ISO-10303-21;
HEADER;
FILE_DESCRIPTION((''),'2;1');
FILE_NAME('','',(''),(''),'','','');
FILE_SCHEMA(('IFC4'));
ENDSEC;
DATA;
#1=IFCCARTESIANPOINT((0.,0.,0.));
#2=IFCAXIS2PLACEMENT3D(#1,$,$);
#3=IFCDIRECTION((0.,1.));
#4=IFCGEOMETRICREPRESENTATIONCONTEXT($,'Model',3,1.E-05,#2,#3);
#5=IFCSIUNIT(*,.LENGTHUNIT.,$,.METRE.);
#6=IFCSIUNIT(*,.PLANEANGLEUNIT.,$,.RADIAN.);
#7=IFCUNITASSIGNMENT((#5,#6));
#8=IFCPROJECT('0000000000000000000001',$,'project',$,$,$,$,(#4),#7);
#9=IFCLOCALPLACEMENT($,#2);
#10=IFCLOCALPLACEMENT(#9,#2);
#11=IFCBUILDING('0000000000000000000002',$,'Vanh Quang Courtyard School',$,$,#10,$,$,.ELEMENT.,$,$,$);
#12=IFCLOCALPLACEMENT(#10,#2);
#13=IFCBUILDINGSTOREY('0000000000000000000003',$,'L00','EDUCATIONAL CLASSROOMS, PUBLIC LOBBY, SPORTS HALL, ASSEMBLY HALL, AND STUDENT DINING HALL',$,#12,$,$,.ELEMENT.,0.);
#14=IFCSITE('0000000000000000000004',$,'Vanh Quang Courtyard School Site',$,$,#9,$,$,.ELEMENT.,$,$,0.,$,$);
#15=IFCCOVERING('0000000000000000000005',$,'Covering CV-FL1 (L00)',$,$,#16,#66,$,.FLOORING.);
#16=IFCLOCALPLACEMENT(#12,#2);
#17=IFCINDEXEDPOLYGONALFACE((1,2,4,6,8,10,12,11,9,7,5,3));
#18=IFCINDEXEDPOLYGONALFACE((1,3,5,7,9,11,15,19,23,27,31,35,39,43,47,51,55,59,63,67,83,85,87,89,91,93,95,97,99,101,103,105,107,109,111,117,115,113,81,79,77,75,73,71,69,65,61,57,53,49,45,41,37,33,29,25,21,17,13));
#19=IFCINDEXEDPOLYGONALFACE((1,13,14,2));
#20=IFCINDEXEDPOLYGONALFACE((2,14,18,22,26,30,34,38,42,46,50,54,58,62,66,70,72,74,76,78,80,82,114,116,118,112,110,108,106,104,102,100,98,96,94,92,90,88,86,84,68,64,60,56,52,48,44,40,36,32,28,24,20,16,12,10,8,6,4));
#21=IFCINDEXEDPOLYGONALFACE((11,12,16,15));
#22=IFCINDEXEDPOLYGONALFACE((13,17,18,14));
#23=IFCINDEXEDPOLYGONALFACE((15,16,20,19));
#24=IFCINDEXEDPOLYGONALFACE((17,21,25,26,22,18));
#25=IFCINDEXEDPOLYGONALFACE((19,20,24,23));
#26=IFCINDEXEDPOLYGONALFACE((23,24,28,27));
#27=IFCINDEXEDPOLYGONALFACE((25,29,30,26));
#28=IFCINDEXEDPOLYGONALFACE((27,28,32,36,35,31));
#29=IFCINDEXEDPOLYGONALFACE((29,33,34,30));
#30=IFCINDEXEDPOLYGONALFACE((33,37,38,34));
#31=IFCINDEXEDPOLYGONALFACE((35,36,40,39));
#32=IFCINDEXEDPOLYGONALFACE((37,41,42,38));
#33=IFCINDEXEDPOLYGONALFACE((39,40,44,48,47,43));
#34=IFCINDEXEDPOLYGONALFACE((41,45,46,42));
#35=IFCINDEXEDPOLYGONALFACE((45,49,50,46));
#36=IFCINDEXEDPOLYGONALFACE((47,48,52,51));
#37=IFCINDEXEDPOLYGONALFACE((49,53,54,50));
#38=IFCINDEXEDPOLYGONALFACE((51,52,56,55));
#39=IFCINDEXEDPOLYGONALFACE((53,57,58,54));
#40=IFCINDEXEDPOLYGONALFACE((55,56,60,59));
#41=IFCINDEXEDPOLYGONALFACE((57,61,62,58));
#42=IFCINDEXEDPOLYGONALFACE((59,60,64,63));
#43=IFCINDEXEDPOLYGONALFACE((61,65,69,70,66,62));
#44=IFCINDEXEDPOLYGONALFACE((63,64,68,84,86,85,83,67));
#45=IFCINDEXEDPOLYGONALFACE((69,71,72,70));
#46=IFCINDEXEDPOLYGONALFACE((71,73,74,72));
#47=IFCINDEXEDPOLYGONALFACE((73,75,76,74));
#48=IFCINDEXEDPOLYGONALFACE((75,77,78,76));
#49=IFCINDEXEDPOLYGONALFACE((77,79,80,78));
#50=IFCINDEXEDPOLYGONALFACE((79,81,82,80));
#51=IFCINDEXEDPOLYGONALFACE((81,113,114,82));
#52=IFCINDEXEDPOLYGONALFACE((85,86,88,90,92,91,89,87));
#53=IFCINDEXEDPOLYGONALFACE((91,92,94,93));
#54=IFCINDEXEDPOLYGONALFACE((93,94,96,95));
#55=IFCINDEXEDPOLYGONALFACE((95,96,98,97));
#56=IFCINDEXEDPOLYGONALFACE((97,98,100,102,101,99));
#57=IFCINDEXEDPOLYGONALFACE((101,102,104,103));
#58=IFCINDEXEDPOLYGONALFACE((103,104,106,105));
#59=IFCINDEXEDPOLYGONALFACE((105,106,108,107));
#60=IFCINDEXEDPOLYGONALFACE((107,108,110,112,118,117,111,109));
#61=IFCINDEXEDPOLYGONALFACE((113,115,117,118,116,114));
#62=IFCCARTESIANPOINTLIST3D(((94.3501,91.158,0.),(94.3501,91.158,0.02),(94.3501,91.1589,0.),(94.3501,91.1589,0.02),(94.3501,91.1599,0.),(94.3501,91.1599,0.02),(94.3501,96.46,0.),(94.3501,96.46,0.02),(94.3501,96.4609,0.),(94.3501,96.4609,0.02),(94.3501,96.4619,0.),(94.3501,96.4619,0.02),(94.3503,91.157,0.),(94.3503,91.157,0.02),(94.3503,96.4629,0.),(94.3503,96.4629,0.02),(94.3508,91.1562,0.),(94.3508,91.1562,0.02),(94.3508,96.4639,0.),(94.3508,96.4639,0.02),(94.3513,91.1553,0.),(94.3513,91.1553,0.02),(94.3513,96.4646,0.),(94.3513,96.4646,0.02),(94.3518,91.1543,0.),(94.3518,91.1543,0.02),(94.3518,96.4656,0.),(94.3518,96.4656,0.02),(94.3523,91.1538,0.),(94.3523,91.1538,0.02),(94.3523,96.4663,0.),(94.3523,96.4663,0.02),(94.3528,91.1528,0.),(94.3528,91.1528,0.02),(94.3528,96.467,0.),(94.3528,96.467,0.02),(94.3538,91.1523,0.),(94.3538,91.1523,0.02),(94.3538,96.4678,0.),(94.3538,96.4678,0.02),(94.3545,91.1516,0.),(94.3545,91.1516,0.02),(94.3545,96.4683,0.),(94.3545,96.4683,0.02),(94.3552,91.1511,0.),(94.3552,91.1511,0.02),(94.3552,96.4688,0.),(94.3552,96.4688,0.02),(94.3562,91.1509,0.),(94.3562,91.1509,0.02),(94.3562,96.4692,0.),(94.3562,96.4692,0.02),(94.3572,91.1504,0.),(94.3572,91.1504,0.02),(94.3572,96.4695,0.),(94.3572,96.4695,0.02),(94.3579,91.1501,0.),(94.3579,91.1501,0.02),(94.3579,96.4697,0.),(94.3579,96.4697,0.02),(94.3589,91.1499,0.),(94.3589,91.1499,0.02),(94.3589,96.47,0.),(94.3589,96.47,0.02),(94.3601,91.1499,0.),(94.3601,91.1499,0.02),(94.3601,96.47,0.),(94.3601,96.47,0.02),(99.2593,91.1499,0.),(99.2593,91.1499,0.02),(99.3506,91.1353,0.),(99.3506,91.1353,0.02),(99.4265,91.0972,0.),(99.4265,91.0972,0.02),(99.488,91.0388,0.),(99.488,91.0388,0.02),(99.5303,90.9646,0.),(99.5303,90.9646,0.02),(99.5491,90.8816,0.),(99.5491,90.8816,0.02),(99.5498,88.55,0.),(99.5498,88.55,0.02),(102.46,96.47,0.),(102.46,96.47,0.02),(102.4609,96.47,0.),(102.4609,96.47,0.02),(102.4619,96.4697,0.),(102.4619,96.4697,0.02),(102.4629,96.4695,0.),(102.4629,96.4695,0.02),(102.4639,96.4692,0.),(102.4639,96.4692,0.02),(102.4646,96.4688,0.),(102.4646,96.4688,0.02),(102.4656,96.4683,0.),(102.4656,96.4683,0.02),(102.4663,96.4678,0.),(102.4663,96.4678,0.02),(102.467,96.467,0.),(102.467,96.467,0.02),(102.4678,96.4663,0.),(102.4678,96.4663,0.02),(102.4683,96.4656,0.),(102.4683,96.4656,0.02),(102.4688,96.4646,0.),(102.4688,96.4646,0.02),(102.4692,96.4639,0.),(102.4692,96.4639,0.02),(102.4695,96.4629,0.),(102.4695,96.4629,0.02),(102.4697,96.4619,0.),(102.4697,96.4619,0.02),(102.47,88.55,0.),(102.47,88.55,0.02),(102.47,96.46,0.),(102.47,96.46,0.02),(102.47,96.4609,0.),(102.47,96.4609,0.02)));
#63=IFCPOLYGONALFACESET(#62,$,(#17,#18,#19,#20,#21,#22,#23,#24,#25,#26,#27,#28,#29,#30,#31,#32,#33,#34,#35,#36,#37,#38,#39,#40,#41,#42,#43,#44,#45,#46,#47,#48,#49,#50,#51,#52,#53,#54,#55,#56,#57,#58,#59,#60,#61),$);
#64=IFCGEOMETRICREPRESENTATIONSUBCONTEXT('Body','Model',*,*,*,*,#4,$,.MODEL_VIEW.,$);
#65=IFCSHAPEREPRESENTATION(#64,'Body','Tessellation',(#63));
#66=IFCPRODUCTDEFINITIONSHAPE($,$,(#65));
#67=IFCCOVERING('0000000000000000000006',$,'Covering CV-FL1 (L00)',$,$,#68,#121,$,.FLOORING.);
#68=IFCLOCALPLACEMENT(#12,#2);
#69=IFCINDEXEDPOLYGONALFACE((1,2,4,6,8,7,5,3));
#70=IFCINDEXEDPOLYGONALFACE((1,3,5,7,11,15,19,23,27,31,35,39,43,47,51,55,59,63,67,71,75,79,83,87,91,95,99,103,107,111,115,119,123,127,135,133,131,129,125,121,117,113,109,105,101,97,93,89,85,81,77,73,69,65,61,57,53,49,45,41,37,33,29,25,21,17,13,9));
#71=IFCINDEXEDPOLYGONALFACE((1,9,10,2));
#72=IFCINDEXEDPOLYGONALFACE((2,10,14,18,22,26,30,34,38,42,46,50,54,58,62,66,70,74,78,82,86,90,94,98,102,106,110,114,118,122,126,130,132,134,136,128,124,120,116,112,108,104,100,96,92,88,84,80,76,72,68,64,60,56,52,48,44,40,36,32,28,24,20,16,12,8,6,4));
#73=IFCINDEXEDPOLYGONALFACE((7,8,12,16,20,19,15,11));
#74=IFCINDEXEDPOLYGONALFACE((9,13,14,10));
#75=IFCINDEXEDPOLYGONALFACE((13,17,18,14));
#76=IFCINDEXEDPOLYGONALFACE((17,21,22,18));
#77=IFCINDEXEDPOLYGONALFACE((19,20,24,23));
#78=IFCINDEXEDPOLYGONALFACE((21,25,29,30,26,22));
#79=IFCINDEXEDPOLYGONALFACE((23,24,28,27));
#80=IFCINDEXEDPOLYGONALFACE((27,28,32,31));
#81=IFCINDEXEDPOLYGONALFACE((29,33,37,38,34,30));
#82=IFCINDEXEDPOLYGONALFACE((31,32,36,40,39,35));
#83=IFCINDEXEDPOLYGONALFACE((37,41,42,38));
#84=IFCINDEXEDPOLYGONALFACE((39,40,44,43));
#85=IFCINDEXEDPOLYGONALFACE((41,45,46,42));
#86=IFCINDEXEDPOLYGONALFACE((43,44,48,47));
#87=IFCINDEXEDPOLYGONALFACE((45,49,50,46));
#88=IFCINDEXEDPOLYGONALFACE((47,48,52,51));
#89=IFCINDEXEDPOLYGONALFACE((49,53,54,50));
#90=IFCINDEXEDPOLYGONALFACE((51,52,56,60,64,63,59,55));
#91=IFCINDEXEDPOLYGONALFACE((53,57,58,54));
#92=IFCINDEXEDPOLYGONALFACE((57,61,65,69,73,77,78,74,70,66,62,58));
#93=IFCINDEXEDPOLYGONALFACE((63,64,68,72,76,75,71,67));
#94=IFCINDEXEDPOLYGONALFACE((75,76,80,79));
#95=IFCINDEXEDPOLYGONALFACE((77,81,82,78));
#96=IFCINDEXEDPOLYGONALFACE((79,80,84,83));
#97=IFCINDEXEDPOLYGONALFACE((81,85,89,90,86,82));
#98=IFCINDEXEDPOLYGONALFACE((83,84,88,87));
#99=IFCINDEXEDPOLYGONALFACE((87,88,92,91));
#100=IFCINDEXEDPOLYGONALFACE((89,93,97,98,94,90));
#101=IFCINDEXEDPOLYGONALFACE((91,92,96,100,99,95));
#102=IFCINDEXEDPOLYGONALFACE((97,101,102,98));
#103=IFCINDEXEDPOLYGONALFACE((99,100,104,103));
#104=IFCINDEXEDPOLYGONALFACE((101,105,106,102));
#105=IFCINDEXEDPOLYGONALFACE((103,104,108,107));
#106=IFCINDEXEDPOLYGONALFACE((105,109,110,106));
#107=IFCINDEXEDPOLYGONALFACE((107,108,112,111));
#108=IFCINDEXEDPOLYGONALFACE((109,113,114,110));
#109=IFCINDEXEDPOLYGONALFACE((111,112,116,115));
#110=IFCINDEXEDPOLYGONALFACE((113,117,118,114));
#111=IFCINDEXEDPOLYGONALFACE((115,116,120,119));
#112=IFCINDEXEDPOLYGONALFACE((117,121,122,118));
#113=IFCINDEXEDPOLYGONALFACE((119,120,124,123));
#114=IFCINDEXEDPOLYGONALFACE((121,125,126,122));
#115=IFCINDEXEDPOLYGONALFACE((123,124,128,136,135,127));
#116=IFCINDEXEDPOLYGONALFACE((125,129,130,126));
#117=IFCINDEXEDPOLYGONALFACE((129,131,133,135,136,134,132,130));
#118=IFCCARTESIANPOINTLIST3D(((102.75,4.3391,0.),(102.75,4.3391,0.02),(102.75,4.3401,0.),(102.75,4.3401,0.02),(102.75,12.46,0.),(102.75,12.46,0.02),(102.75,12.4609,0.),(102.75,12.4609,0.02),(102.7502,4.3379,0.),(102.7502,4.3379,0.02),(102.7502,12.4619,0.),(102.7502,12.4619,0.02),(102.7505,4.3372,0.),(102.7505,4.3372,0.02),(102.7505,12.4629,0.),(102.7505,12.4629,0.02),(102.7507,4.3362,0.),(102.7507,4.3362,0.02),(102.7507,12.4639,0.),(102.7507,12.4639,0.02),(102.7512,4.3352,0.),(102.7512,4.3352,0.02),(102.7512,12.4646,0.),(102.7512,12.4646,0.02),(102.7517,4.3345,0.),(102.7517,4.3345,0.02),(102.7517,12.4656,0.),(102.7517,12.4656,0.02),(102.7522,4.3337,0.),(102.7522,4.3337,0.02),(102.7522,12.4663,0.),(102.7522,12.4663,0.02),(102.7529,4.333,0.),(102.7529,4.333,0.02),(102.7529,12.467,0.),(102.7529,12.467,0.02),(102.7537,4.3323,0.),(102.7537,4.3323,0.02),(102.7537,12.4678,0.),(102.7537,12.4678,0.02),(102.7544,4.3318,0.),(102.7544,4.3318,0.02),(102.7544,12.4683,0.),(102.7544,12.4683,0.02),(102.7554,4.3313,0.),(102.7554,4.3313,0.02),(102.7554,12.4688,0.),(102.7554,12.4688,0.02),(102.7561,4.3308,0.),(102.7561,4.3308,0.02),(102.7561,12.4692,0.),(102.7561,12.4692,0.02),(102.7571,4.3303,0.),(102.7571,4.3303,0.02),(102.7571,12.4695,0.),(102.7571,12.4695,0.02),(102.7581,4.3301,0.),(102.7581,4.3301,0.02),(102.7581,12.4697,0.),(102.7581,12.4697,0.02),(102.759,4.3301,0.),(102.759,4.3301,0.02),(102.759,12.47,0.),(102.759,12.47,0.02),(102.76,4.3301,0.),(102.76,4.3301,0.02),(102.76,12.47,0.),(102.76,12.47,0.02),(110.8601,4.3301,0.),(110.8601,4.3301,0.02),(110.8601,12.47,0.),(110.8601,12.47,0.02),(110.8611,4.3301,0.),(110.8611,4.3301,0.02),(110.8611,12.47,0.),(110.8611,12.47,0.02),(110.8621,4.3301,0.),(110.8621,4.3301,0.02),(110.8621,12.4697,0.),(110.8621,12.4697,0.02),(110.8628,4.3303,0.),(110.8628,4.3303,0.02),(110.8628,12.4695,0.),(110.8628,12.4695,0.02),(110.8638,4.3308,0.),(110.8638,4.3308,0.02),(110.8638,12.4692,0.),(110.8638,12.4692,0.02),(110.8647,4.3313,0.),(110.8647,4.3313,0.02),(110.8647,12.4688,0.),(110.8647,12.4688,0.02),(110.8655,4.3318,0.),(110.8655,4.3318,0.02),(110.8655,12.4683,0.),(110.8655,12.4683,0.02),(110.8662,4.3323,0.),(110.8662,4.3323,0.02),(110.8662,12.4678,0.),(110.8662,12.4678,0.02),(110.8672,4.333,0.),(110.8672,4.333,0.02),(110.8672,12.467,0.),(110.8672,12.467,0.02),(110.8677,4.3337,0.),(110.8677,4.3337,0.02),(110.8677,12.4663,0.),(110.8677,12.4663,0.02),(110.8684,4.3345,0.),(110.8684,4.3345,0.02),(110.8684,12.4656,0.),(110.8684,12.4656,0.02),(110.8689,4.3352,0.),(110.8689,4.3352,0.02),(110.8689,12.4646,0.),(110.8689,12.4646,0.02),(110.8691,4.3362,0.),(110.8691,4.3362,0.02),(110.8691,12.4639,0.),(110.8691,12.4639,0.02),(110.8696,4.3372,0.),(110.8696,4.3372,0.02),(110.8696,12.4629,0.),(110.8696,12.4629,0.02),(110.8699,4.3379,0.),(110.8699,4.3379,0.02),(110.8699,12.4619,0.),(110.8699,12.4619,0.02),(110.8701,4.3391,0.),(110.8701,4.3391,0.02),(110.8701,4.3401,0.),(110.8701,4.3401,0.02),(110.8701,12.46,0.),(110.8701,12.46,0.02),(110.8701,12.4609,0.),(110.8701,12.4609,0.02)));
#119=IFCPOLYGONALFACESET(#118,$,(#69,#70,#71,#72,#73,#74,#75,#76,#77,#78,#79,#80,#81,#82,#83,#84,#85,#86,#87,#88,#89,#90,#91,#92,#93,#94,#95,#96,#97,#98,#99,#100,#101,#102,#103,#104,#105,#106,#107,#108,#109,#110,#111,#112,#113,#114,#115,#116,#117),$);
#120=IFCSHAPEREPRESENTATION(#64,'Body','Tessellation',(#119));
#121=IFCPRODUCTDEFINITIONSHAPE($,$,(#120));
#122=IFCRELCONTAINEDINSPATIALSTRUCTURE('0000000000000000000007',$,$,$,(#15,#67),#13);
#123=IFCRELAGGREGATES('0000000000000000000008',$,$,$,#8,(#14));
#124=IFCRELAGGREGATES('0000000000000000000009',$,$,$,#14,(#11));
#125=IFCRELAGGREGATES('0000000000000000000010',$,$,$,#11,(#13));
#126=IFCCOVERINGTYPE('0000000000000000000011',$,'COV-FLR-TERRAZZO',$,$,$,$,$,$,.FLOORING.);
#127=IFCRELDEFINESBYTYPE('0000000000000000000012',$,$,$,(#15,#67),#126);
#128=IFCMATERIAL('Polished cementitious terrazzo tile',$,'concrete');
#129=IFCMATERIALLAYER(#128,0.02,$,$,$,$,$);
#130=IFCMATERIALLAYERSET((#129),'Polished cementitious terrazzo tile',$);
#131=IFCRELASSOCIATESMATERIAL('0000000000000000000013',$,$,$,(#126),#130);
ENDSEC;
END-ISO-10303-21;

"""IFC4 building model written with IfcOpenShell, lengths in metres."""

from ifc_helpers import new_model, si_unit, direction, origin, place, context, subcontext, project, spatial, polyline, outline, extrude, material, layer, layer_set, type_object, element, save


model = new_model("IFC4")

# Units and contexts
model_context = context("Model", 3, precision=1e-05, world=origin(), true_north=direction((0.0, 1.0)))
body_context = subcontext(model_context, "Body", "Model", "MODEL_VIEW")
ifc_project = project(units=[si_unit("LENGTHUNIT", "METRE"), si_unit("PLANEANGLEUNIT", "RADIAN")], contexts=[model_context])

# Site, building, storey
site_placement = place(None, origin())
site = spatial("IfcSite", under=ifc_project, at=site_placement, Name="Vanh Quang Courtyard School Site", CompositionType="ELEMENT", RefElevation=0.0)
building_placement = place(site_placement, origin())
building = spatial("IfcBuilding", under=site, at=building_placement, Name="Vanh Quang Courtyard School", CompositionType="ELEMENT")
storey_placement = place(building_placement, origin())
storey = spatial("IfcBuildingStorey", under=building, at=storey_placement, Name="L00", Description="EDUCATIONAL CLASSROOMS, PUBLIC LOBBY, SPORTS HALL, ASSEMBLY HALL, AND STUDENT DINING HALL", CompositionType="ELEMENT", Elevation=0.0)

# Coverings
ifc_material_1 = material(Name="Polished cementitious terrazzo tile", Category="concrete")
ifc_layer_1 = layer(ifc_material_1, 0.02)
ifc_layer_set_1 = layer_set([ifc_layer_1], Name="Polished cementitious terrazzo tile")
covering_type_1 = type_object("IfcCoveringType", Name="COV-FLR-TERRAZZO", PredefinedType="FLOORING", material=ifc_layer_set_1)
covering_1_placement = place(storey_placement, origin())
element("IfcCovering", 1, at=covering_1_placement, inside=storey, type_object=covering_type_1, Name="Covering CV-FL1 (L00)", PredefinedType="FLOORING", context=body_context, shape_type="SweptSolid", body=[
    extrude(outline(polyline([(94.3501, 96.46), (94.3501, 96.4609), (94.3501, 96.4619), (94.3503, 96.4629), (94.3508, 96.4639), (94.3513, 96.4646), (94.3518, 96.4656), (94.3523, 96.4663), (94.3528, 96.467), (94.3538, 96.4678), (94.3545, 96.4683), (94.3552, 96.4688), (94.3562, 96.4692), (94.3572, 96.4695), (94.3579, 96.4697), (94.3589, 96.47), (94.3601, 96.47), (102.46, 96.47), (102.4609, 96.47), (102.4619, 96.4697), (102.4629, 96.4695), (102.4639, 96.4692), (102.4646, 96.4688), (102.4656, 96.4683), (102.4663, 96.4678), (102.467, 96.467), (102.4678, 96.4663), (102.4683, 96.4656), (102.4688, 96.4646), (102.4692, 96.4639), (102.4695, 96.4629), (102.4697, 96.4619), (102.47, 96.4609), (102.47, 96.46), (102.47, 88.55), (99.5498, 88.55), (99.5491, 90.8816), (99.5303, 90.9646), (99.488, 91.0388), (99.4265, 91.0972), (99.3506, 91.1353), (99.2593, 91.1499), (94.3601, 91.1499), (94.3589, 91.1499), (94.3579, 91.1501), (94.3572, 91.1504), (94.3562, 91.1509), (94.3552, 91.1511), (94.3545, 91.1516), (94.3538, 91.1523), (94.3528, 91.1528), (94.3523, 91.1538), (94.3518, 91.1543), (94.3513, 91.1553), (94.3508, 91.1562), (94.3503, 91.157), (94.3501, 91.158), (94.3501, 91.1589), (94.3501, 91.1599), (94.3501, 96.46)])), origin(), (0.0, 0.0, 1.0), 0.02),
])
covering_2_placement = place(storey_placement, origin())
element("IfcCovering", 2, at=covering_2_placement, inside=storey, type_object=covering_type_1, Name="Covering CV-FL1 (L00)", PredefinedType="FLOORING", context=body_context, shape_type="SweptSolid", body=[
    extrude(outline(polyline([(102.76, 4.3301), (102.759, 4.3301), (102.7581, 4.3301), (102.7571, 4.3303), (102.7561, 4.3308), (102.7554, 4.3313), (102.7544, 4.3318), (102.7537, 4.3323), (102.7529, 4.333), (102.7522, 4.3337), (102.7517, 4.3345), (102.7512, 4.3352), (102.7507, 4.3362), (102.7505, 4.3372), (102.7502, 4.3379), (102.75, 4.3391), (102.75, 4.3401), (102.75, 12.46), (102.75, 12.4609), (102.7502, 12.4619), (102.7505, 12.4629), (102.7507, 12.4639), (102.7512, 12.4646), (102.7517, 12.4656), (102.7522, 12.4663), (102.7529, 12.467), (102.7537, 12.4678), (102.7544, 12.4683), (102.7554, 12.4688), (102.7561, 12.4692), (102.7571, 12.4695), (102.7581, 12.4697), (102.759, 12.47), (102.76, 12.47), (110.8601, 12.47), (110.8611, 12.47), (110.8621, 12.4697), (110.8628, 12.4695), (110.8638, 12.4692), (110.8647, 12.4688), (110.8655, 12.4683), (110.8662, 12.4678), (110.8672, 12.467), (110.8677, 12.4663), (110.8684, 12.4656), (110.8689, 12.4646), (110.8691, 12.4639), (110.8696, 12.4629), (110.8699, 12.4619), (110.8701, 12.4609), (110.8701, 12.46), (110.8701, 4.3401), (110.8701, 4.3391), (110.8699, 4.3379), (110.8696, 4.3372), (110.8691, 4.3362), (110.8689, 4.3352), (110.8684, 4.3345), (110.8677, 4.3337), (110.8672, 4.333), (110.8662, 4.3323), (110.8655, 4.3318), (110.8647, 4.3313), (110.8638, 4.3308), (110.8628, 4.3303), (110.8621, 4.3301), (110.8611, 4.3301), (110.8601, 4.3301), (102.76, 4.3301)])), origin(), (0.0, 0.0, 1.0), 0.02),
])

save(model, "model.ifc")
